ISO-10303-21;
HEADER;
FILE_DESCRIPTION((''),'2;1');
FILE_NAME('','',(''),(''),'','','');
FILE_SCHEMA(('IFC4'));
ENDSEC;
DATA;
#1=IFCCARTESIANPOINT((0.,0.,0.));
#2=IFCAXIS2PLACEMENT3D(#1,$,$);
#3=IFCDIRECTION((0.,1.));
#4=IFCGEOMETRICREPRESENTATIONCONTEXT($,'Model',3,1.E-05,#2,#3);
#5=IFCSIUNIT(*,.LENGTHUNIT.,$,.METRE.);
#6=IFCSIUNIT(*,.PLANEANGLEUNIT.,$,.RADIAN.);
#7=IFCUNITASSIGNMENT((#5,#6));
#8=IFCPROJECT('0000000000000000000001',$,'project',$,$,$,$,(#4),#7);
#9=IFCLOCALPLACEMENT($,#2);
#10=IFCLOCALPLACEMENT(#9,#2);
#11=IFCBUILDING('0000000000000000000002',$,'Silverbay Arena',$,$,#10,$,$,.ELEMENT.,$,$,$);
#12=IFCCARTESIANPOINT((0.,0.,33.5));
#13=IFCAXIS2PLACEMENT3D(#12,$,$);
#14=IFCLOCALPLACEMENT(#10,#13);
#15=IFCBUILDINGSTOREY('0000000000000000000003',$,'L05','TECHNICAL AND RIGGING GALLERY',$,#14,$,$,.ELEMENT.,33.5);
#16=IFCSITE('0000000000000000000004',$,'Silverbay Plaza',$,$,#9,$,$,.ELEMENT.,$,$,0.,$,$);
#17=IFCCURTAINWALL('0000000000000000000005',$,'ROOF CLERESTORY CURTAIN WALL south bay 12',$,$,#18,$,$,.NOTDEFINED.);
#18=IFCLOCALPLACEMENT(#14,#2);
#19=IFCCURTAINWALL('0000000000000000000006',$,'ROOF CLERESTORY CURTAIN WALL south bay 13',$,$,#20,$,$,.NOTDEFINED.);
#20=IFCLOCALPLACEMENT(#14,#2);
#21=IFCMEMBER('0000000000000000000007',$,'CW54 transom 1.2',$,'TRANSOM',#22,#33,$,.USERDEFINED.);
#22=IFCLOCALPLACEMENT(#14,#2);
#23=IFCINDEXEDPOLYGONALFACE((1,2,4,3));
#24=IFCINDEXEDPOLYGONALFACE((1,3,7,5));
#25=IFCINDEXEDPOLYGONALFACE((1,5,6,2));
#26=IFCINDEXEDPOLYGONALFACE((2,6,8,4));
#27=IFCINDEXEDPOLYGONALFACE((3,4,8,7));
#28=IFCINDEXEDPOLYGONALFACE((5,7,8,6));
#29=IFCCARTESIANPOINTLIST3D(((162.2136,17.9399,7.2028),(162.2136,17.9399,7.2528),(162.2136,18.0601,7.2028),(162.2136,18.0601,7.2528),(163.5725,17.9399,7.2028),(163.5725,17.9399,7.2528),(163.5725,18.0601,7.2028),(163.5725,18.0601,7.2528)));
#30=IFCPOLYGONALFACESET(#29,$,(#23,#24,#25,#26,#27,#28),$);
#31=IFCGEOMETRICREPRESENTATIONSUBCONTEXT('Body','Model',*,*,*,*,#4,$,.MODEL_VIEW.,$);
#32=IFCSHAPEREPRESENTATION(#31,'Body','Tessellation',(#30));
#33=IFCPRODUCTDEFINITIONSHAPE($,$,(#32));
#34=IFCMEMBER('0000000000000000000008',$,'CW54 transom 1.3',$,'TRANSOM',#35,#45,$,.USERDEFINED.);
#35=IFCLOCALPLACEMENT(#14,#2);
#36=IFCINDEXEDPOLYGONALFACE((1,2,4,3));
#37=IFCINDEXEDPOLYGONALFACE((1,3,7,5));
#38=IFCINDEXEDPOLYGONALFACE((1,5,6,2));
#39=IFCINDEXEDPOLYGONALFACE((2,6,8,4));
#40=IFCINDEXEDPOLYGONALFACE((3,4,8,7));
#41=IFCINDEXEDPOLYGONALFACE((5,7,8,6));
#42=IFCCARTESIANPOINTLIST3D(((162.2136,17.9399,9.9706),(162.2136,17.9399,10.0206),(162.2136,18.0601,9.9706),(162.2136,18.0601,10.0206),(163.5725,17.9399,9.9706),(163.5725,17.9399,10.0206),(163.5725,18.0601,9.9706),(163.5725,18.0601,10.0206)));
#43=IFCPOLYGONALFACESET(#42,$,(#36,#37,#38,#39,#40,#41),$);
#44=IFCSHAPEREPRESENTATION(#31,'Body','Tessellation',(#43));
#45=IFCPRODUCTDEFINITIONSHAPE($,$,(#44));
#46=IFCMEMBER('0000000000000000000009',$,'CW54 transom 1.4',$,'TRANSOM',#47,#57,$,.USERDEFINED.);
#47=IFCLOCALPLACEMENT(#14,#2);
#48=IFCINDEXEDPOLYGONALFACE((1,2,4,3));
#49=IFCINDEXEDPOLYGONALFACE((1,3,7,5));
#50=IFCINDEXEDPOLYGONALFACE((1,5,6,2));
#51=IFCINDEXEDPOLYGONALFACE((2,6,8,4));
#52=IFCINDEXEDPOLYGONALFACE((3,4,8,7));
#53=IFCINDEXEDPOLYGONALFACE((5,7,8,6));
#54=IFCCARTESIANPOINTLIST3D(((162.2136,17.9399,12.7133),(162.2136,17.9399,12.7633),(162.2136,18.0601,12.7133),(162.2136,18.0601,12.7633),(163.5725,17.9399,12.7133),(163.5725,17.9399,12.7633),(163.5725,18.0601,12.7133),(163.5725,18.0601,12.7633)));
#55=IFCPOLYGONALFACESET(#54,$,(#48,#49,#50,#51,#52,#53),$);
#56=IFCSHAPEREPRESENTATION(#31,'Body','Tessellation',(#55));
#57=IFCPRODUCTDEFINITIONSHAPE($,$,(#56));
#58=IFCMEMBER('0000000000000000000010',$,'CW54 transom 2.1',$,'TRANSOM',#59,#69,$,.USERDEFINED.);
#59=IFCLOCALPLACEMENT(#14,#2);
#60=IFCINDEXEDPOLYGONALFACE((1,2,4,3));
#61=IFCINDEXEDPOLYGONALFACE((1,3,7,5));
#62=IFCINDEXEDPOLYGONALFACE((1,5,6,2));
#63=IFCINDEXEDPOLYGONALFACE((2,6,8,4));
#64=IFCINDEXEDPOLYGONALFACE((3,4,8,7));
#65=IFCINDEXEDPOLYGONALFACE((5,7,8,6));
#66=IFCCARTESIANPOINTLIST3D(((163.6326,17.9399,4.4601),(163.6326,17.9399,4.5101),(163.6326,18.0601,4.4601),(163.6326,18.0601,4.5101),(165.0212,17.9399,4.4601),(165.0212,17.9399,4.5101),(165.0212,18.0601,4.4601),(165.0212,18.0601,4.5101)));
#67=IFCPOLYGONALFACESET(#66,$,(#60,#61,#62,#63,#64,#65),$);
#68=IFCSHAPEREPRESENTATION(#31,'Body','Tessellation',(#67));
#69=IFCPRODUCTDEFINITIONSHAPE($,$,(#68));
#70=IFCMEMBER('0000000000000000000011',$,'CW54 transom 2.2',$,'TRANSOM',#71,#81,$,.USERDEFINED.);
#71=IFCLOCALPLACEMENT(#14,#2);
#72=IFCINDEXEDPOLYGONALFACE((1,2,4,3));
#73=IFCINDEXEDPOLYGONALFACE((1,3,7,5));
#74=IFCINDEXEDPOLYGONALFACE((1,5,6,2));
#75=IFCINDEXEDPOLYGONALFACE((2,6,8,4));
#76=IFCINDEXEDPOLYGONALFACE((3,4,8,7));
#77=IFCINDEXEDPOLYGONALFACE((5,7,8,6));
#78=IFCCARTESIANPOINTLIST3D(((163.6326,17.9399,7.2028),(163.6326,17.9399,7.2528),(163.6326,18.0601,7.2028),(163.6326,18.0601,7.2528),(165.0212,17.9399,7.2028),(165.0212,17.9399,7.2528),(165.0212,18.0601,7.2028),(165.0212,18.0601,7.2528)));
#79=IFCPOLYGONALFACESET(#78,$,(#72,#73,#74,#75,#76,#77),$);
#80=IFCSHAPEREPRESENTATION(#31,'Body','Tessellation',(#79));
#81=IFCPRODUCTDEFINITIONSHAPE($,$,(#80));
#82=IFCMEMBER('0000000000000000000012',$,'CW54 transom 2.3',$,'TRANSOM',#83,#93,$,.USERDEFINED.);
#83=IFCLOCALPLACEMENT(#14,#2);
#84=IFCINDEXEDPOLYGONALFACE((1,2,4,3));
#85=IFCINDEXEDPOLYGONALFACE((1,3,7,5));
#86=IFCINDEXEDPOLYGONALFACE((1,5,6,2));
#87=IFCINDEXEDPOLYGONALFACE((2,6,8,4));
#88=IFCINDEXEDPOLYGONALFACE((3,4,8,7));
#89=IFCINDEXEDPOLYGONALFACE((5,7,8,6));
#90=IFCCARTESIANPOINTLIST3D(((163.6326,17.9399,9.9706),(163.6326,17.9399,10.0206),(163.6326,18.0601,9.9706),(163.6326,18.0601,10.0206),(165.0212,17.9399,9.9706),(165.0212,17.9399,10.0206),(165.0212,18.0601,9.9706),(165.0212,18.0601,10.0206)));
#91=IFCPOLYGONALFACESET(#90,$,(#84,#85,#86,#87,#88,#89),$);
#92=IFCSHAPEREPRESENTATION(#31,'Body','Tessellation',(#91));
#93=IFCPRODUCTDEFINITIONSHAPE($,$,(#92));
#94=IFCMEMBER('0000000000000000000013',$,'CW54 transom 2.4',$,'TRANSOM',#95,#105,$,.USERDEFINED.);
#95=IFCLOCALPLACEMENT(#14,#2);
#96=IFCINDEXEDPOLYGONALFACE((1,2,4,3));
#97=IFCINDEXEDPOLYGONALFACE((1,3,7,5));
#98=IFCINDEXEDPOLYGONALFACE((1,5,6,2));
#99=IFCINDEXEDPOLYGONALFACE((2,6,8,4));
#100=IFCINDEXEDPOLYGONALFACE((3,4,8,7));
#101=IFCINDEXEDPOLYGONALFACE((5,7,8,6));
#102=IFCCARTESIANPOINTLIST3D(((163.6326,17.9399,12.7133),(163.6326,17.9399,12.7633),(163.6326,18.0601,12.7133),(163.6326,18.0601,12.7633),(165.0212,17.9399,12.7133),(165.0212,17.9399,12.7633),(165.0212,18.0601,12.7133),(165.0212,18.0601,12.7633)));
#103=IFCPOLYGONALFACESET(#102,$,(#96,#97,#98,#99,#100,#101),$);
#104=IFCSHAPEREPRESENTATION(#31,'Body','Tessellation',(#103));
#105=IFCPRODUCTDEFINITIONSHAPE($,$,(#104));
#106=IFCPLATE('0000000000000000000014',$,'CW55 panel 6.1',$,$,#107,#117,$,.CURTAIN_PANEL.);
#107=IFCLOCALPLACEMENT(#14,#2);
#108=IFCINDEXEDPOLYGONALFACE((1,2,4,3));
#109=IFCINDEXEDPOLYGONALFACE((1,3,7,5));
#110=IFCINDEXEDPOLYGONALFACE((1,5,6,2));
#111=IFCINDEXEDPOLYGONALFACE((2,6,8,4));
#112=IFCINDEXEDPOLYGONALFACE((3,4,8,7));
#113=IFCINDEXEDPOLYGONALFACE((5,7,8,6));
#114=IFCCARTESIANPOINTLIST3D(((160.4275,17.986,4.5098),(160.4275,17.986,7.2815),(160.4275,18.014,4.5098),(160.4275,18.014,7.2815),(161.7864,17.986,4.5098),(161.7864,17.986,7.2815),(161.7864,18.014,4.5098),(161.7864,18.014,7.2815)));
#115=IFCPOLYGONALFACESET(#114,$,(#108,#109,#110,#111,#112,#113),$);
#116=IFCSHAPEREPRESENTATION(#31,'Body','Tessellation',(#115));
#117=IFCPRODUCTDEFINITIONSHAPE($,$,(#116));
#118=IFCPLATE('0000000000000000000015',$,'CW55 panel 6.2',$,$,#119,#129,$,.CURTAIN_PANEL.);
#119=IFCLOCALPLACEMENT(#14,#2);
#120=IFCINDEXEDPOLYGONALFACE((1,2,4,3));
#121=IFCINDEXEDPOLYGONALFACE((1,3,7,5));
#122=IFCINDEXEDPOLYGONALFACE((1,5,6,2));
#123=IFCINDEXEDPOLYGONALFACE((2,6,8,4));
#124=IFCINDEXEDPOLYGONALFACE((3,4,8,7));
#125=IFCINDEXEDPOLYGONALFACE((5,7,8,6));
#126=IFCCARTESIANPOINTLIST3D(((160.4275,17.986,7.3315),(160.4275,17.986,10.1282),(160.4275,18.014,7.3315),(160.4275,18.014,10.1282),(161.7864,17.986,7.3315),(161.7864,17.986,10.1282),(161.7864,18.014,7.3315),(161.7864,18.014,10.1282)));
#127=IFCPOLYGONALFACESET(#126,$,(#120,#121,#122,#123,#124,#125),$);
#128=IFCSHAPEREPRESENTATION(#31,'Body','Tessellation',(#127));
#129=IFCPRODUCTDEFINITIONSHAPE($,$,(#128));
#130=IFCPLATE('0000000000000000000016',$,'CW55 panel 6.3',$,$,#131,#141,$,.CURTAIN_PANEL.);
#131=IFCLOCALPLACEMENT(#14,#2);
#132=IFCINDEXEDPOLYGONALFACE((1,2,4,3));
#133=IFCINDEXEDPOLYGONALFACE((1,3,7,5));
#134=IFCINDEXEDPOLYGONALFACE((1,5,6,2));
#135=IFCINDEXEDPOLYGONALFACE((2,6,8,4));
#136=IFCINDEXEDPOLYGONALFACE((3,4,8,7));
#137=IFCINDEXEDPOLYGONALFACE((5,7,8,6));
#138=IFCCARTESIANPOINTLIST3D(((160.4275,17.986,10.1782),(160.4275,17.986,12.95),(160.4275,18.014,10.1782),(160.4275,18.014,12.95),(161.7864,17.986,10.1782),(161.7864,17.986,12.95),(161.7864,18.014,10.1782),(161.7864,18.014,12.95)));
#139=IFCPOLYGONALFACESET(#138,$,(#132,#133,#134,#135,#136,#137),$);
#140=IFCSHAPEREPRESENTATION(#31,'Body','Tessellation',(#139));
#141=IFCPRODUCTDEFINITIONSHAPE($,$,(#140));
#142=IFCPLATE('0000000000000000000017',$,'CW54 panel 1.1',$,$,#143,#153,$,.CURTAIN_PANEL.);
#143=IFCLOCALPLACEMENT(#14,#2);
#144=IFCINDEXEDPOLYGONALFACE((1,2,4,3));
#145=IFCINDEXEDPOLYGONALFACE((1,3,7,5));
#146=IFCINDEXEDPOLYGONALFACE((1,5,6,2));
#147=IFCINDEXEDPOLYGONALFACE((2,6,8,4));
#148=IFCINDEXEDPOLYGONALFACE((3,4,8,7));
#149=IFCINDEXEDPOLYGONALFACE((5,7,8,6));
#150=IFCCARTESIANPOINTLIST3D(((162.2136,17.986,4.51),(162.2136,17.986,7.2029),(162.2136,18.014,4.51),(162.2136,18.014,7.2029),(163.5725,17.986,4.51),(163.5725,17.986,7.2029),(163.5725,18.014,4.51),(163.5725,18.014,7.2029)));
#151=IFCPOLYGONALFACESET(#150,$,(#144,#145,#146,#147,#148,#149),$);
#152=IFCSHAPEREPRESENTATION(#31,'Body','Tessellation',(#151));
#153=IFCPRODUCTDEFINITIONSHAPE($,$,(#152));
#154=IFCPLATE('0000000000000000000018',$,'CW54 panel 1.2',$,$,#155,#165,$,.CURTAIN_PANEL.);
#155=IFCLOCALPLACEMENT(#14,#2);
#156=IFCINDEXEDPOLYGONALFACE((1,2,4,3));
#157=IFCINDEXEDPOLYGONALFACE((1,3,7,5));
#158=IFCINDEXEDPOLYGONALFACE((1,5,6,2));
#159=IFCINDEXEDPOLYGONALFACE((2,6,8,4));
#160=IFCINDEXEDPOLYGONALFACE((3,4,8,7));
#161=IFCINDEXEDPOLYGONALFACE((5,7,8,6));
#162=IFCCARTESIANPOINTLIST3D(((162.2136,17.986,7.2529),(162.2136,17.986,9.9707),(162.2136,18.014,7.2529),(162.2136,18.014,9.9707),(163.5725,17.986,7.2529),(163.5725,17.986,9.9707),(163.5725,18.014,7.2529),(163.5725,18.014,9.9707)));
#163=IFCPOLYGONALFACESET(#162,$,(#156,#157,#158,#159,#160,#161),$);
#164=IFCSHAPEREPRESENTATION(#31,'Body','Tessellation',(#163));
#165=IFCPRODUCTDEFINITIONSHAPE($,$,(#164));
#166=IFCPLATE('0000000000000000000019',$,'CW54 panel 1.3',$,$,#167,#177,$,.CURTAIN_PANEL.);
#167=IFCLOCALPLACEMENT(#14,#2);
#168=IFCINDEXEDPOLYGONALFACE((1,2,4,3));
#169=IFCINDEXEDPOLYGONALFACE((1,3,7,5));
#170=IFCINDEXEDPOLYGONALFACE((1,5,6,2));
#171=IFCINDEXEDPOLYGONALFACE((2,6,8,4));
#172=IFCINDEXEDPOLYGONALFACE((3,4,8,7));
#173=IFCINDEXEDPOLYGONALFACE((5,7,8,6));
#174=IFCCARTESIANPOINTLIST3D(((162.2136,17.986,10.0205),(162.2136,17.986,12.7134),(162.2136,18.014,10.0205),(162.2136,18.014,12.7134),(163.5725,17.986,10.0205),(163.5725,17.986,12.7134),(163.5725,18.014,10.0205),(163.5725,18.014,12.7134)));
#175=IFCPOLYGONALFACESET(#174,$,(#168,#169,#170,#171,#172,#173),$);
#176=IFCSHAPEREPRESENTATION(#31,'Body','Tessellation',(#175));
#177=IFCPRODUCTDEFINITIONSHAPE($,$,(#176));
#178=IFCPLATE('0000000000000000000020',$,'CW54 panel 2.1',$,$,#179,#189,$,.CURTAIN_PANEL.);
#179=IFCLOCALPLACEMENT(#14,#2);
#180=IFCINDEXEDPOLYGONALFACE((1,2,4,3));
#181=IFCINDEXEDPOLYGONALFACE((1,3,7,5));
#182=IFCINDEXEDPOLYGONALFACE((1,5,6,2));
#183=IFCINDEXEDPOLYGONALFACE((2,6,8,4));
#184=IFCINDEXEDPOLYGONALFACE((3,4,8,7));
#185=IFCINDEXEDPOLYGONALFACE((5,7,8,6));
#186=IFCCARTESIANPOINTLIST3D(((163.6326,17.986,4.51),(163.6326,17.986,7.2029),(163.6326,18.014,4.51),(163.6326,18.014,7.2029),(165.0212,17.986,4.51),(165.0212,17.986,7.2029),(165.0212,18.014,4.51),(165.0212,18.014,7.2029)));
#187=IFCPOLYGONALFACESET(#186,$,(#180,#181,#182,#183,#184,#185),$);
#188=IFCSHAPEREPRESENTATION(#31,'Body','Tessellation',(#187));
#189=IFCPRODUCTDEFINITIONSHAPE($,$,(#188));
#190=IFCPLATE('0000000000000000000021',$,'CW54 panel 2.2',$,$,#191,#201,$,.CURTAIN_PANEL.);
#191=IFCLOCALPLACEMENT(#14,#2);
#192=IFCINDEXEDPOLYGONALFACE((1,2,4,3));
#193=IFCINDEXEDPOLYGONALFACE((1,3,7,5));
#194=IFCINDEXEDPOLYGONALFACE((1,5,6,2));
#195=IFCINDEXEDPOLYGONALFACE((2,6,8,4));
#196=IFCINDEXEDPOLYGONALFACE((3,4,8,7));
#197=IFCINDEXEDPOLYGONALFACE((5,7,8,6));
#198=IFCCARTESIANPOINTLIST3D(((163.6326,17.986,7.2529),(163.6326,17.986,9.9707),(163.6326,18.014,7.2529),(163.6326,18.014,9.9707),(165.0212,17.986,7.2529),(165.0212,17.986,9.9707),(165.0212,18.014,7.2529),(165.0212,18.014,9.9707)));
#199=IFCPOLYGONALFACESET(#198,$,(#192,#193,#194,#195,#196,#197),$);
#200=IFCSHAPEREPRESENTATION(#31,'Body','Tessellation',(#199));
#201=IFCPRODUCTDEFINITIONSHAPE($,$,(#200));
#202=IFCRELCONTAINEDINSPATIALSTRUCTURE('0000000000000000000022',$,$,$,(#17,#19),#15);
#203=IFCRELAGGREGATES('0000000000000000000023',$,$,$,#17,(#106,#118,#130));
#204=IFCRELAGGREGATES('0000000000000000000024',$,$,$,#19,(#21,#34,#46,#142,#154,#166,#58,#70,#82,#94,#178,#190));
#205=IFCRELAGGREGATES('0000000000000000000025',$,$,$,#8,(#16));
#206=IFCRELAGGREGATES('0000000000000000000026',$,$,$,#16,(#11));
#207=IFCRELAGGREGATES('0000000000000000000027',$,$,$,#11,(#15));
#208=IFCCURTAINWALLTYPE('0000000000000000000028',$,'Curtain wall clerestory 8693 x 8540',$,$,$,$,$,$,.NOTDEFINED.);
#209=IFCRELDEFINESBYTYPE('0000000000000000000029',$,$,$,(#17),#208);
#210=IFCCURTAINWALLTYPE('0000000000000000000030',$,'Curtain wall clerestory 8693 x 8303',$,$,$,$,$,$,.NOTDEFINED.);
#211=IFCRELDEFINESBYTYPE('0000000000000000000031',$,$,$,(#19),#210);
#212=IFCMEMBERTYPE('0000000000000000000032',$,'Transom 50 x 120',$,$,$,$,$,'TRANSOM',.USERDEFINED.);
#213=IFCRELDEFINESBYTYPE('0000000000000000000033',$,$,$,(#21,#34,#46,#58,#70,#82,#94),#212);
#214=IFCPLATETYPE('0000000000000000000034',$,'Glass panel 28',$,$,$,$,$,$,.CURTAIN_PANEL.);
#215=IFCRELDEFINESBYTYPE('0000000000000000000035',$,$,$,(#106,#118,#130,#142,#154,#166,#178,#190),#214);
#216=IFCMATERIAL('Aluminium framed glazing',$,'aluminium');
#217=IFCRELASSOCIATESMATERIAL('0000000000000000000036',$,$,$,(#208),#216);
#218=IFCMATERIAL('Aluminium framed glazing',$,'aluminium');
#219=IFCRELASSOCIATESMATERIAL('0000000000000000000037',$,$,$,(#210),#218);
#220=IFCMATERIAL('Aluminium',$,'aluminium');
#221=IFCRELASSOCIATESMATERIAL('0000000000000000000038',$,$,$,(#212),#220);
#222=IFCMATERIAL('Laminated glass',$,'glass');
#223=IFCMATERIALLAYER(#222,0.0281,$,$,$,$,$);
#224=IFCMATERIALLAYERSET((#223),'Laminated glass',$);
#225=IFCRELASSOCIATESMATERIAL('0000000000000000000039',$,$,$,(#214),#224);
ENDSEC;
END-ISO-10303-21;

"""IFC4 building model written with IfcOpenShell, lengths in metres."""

from ifc_helpers import new_model, si_unit, direction, frame, origin, origin_2d, place, context, subcontext, project, spatial, rectangle, extrude, material, layer, layer_set, material_profile, profile_set, type_object, element, aggregate, save


model = new_model("IFC4")

# Units and contexts
model_context = context("Model", 3, precision=1e-05, world=origin(), true_north=direction((0.0, 1.0)))
body_context = subcontext(model_context, "Body", "Model", "MODEL_VIEW")
ifc_project = project(units=[si_unit("LENGTHUNIT", "METRE"), si_unit("PLANEANGLEUNIT", "RADIAN")], contexts=[model_context])

# Site, building, storey
site_placement = place(None, origin())
site = spatial("IfcSite", under=ifc_project, at=site_placement, Name="Silverbay Plaza", CompositionType="ELEMENT", RefElevation=0.0)
building_placement = place(site_placement, origin())
building = spatial("IfcBuilding", under=site, at=building_placement, Name="Silverbay Arena", CompositionType="ELEMENT")
storey_placement = place(building_placement, frame((0.0, 0.0, 33.5)))
storey = spatial("IfcBuildingStorey", under=building, at=storey_placement, Name="L05", Description="TECHNICAL AND RIGGING GALLERY", CompositionType="ELEMENT", Elevation=33.5)

# Curtain wall
ifc_material_1 = material(Name="Aluminium framed glazing", Category="aluminium")
curtain_wall_type_1 = type_object("IfcCurtainWallType", Name="Curtain wall clerestory 8693 x 8540", PredefinedType="NOTDEFINED", material=ifc_material_1)
curtain_wall_1_placement = place(storey_placement, origin())
curtain_wall_1 = element("IfcCurtainWall", 1, at=curtain_wall_1_placement, inside=storey, type_object=curtain_wall_type_1, Name="ROOF CLERESTORY CURTAIN WALL south bay 12", PredefinedType="NOTDEFINED")

# Curtain wall
ifc_material_2 = material(Name="Aluminium framed glazing", Category="aluminium")
curtain_wall_type_2 = type_object("IfcCurtainWallType", Name="Curtain wall clerestory 8693 x 8303", PredefinedType="NOTDEFINED", material=ifc_material_2)
curtain_wall_2_placement = place(storey_placement, origin())
curtain_wall_2 = element("IfcCurtainWall", 2, at=curtain_wall_2_placement, inside=storey, type_object=curtain_wall_type_2, Name="ROOF CLERESTORY CURTAIN WALL south bay 13", PredefinedType="NOTDEFINED")

# Members
ifc_material_3 = material(Name="Aluminium", Category="aluminium")
ifc_material_profile_1 = material_profile(ifc_material_3, rectangle(XDim=0.1201, YDim=0.05, at=origin_2d()), Name="Transom 50 x 120")
ifc_profile_set_1 = profile_set([ifc_material_profile_1], Name="Aluminium")
member_type_1 = type_object("IfcMemberType", Name="Transom 50 x 120", ElementType="TRANSOM", PredefinedType="USERDEFINED", material=ifc_profile_set_1)
member_1_placement = place(storey_placement, frame((162.2136, 18.0, 7.2278), z_axis=(1.0, 0.0, 0.0), x_axis=(0.0, 1.0, 0.0)))
member_1 = element("IfcMember", 3, at=member_1_placement, type_object=member_type_1, Name="CW54 transom 1.2", ObjectType="TRANSOM", PredefinedType="USERDEFINED", context=body_context, shape_type="SweptSolid", body=[
    extrude(rectangle(XDim=0.1201, YDim=0.05, at=origin_2d()), origin(), (0.0, 0.0, 1.0), 1.3589),
])
member_2_placement = place(storey_placement, frame((162.2136, 18.0, 9.9956), z_axis=(1.0, 0.0, 0.0), x_axis=(0.0, 1.0, 0.0)))
member_2 = element("IfcMember", 4, at=member_2_placement, type_object=member_type_1, Name="CW54 transom 1.3", ObjectType="TRANSOM", PredefinedType="USERDEFINED", context=body_context, shape_type="SweptSolid", body=[
    extrude(rectangle(XDim=0.1201, YDim=0.05, at=origin_2d()), origin(), (0.0, 0.0, 1.0), 1.3589),
])
member_3_placement = place(storey_placement, frame((162.2136, 18.0, 12.7383), z_axis=(1.0, 0.0, 0.0), x_axis=(0.0, 1.0, 0.0)))
member_3 = element("IfcMember", 5, at=member_3_placement, type_object=member_type_1, Name="CW54 transom 1.4", ObjectType="TRANSOM", PredefinedType="USERDEFINED", context=body_context, shape_type="SweptSolid", body=[
    extrude(rectangle(XDim=0.1201, YDim=0.05, at=origin_2d()), origin(), (0.0, 0.0, 1.0), 1.3589),
])
member_4_placement = place(storey_placement, frame((163.6326, 18.0, 4.4851), z_axis=(1.0, 0.0, 0.0), x_axis=(0.0, 1.0, 0.0)))
member_4 = element("IfcMember", 6, at=member_4_placement, type_object=member_type_1, Name="CW54 transom 2.1", ObjectType="TRANSOM", PredefinedType="USERDEFINED", context=body_context, shape_type="SweptSolid", body=[
    extrude(rectangle(XDim=0.1201, YDim=0.05, at=origin_2d()), origin(), (0.0, 0.0, 1.0), 1.3887),
])
member_5_placement = place(storey_placement, frame((163.6326, 18.0, 7.2278), z_axis=(1.0, 0.0, 0.0), x_axis=(0.0, 1.0, 0.0)))
member_5 = element("IfcMember", 7, at=member_5_placement, type_object=member_type_1, Name="CW54 transom 2.2", ObjectType="TRANSOM", PredefinedType="USERDEFINED", context=body_context, shape_type="SweptSolid", body=[
    extrude(rectangle(XDim=0.1201, YDim=0.05, at=origin_2d()), origin(), (0.0, 0.0, 1.0), 1.3887),
])
member_6_placement = place(storey_placement, frame((163.6326, 18.0, 9.9956), z_axis=(1.0, 0.0, 0.0), x_axis=(0.0, 1.0, 0.0)))
member_6 = element("IfcMember", 8, at=member_6_placement, type_object=member_type_1, Name="CW54 transom 2.3", ObjectType="TRANSOM", PredefinedType="USERDEFINED", context=body_context, shape_type="SweptSolid", body=[
    extrude(rectangle(XDim=0.1201, YDim=0.05, at=origin_2d()), origin(), (0.0, 0.0, 1.0), 1.3887),
])
member_7_placement = place(storey_placement, frame((163.6326, 18.0, 12.7383), z_axis=(1.0, 0.0, 0.0), x_axis=(0.0, 1.0, 0.0)))
member_7 = element("IfcMember", 9, at=member_7_placement, type_object=member_type_1, Name="CW54 transom 2.4", ObjectType="TRANSOM", PredefinedType="USERDEFINED", context=body_context, shape_type="SweptSolid", body=[
    extrude(rectangle(XDim=0.1201, YDim=0.05, at=origin_2d()), origin(), (0.0, 0.0, 1.0), 1.3887),
])

# Plates
ifc_material_4 = material(Name="Laminated glass", Category="glass")
ifc_layer = layer(ifc_material_4, 0.0281)
ifc_layer_set = layer_set([ifc_layer], Name="Laminated glass")
plate_type = type_object("IfcPlateType", Name="Glass panel 28", PredefinedType="CURTAIN_PANEL", material=ifc_layer_set)
plate_1_placement = place(storey_placement, frame((161.1069, 18.0, 4.5098), z_axis=(0.0, 0.0, 1.0), x_axis=(1.0, 0.0, 0.0)))
plate_1 = element("IfcPlate", 10, at=plate_1_placement, type_object=plate_type, Name="CW55 panel 6.1", PredefinedType="CURTAIN_PANEL", context=body_context, shape_type="SweptSolid", body=[
    extrude(rectangle(XDim=1.3589, YDim=0.0281, at=origin_2d()), origin(), (0.0, 0.0, 1.0), 2.7717),
])
plate_2_placement = place(storey_placement, frame((161.1069, 18.0, 7.3315), z_axis=(0.0, 0.0, 1.0), x_axis=(1.0, 0.0, 0.0)))
plate_2 = element("IfcPlate", 11, at=plate_2_placement, type_object=plate_type, Name="CW55 panel 6.2", PredefinedType="CURTAIN_PANEL", context=body_context, shape_type="SweptSolid", body=[
    extrude(rectangle(XDim=1.3589, YDim=0.0281, at=origin_2d()), origin(), (0.0, 0.0, 1.0), 2.7966),
])
plate_3_placement = place(storey_placement, frame((161.1069, 18.0, 10.1782), z_axis=(0.0, 0.0, 1.0), x_axis=(1.0, 0.0, 0.0)))
plate_3 = element("IfcPlate", 12, at=plate_3_placement, type_object=plate_type, Name="CW55 panel 6.3", PredefinedType="CURTAIN_PANEL", context=body_context, shape_type="SweptSolid", body=[
    extrude(rectangle(XDim=1.3589, YDim=0.0281, at=origin_2d()), origin(), (0.0, 0.0, 1.0), 2.7717),
])
aggregate(curtain_wall_1, [plate_1, plate_2, plate_3])
plate_4_placement = place(storey_placement, frame((162.8931, 18.0, 4.51), z_axis=(0.0, 0.0, 1.0), x_axis=(1.0, 0.0, 0.0)))
plate_4 = element("IfcPlate", 13, at=plate_4_placement, type_object=plate_type, Name="CW54 panel 1.1", PredefinedType="CURTAIN_PANEL", context=body_context, shape_type="SweptSolid", body=[
    extrude(rectangle(XDim=1.3589, YDim=0.0281, at=origin_2d()), origin(), (0.0, 0.0, 1.0), 2.6929),
])
plate_5_placement = place(storey_placement, frame((162.8931, 18.0, 7.2529), z_axis=(0.0, 0.0, 1.0), x_axis=(1.0, 0.0, 0.0)))
plate_5 = element("IfcPlate", 14, at=plate_5_placement, type_object=plate_type, Name="CW54 panel 1.2", PredefinedType="CURTAIN_PANEL", context=body_context, shape_type="SweptSolid", body=[
    extrude(rectangle(XDim=1.3589, YDim=0.0281, at=origin_2d()), origin(), (0.0, 0.0, 1.0), 2.7178),
])
plate_6_placement = place(storey_placement, frame((162.8931, 18.0, 10.0205), z_axis=(0.0, 0.0, 1.0), x_axis=(1.0, 0.0, 0.0)))
plate_6 = element("IfcPlate", 15, at=plate_6_placement, type_object=plate_type, Name="CW54 panel 1.3", PredefinedType="CURTAIN_PANEL", context=body_context, shape_type="SweptSolid", body=[
    extrude(rectangle(XDim=1.3589, YDim=0.0281, at=origin_2d()), origin(), (0.0, 0.0, 1.0), 2.6929),
])
plate_7_placement = place(storey_placement, frame((164.3269, 18.0, 4.51), z_axis=(0.0, 0.0, 1.0), x_axis=(1.0, 0.0, 0.0)))
plate_7 = element("IfcPlate", 16, at=plate_7_placement, type_object=plate_type, Name="CW54 panel 2.1", PredefinedType="CURTAIN_PANEL", context=body_context, shape_type="SweptSolid", body=[
    extrude(rectangle(XDim=1.3887, YDim=0.0281, at=origin_2d()), origin(), (0.0, 0.0, 1.0), 2.6929),
])
plate_8_placement = place(storey_placement, frame((164.3269, 18.0, 7.2529), z_axis=(0.0, 0.0, 1.0), x_axis=(1.0, 0.0, 0.0)))
plate_8 = element("IfcPlate", 17, at=plate_8_placement, type_object=plate_type, Name="CW54 panel 2.2", PredefinedType="CURTAIN_PANEL", context=body_context, shape_type="SweptSolid", body=[
    extrude(rectangle(XDim=1.3887, YDim=0.0281, at=origin_2d()), origin(), (0.0, 0.0, 1.0), 2.7178),
])
aggregate(curtain_wall_2, [member_1, member_2, member_3, plate_4, plate_5, plate_6, member_4, member_5, member_6, member_7, plate_7, plate_8])

save(model, "model.ifc")
